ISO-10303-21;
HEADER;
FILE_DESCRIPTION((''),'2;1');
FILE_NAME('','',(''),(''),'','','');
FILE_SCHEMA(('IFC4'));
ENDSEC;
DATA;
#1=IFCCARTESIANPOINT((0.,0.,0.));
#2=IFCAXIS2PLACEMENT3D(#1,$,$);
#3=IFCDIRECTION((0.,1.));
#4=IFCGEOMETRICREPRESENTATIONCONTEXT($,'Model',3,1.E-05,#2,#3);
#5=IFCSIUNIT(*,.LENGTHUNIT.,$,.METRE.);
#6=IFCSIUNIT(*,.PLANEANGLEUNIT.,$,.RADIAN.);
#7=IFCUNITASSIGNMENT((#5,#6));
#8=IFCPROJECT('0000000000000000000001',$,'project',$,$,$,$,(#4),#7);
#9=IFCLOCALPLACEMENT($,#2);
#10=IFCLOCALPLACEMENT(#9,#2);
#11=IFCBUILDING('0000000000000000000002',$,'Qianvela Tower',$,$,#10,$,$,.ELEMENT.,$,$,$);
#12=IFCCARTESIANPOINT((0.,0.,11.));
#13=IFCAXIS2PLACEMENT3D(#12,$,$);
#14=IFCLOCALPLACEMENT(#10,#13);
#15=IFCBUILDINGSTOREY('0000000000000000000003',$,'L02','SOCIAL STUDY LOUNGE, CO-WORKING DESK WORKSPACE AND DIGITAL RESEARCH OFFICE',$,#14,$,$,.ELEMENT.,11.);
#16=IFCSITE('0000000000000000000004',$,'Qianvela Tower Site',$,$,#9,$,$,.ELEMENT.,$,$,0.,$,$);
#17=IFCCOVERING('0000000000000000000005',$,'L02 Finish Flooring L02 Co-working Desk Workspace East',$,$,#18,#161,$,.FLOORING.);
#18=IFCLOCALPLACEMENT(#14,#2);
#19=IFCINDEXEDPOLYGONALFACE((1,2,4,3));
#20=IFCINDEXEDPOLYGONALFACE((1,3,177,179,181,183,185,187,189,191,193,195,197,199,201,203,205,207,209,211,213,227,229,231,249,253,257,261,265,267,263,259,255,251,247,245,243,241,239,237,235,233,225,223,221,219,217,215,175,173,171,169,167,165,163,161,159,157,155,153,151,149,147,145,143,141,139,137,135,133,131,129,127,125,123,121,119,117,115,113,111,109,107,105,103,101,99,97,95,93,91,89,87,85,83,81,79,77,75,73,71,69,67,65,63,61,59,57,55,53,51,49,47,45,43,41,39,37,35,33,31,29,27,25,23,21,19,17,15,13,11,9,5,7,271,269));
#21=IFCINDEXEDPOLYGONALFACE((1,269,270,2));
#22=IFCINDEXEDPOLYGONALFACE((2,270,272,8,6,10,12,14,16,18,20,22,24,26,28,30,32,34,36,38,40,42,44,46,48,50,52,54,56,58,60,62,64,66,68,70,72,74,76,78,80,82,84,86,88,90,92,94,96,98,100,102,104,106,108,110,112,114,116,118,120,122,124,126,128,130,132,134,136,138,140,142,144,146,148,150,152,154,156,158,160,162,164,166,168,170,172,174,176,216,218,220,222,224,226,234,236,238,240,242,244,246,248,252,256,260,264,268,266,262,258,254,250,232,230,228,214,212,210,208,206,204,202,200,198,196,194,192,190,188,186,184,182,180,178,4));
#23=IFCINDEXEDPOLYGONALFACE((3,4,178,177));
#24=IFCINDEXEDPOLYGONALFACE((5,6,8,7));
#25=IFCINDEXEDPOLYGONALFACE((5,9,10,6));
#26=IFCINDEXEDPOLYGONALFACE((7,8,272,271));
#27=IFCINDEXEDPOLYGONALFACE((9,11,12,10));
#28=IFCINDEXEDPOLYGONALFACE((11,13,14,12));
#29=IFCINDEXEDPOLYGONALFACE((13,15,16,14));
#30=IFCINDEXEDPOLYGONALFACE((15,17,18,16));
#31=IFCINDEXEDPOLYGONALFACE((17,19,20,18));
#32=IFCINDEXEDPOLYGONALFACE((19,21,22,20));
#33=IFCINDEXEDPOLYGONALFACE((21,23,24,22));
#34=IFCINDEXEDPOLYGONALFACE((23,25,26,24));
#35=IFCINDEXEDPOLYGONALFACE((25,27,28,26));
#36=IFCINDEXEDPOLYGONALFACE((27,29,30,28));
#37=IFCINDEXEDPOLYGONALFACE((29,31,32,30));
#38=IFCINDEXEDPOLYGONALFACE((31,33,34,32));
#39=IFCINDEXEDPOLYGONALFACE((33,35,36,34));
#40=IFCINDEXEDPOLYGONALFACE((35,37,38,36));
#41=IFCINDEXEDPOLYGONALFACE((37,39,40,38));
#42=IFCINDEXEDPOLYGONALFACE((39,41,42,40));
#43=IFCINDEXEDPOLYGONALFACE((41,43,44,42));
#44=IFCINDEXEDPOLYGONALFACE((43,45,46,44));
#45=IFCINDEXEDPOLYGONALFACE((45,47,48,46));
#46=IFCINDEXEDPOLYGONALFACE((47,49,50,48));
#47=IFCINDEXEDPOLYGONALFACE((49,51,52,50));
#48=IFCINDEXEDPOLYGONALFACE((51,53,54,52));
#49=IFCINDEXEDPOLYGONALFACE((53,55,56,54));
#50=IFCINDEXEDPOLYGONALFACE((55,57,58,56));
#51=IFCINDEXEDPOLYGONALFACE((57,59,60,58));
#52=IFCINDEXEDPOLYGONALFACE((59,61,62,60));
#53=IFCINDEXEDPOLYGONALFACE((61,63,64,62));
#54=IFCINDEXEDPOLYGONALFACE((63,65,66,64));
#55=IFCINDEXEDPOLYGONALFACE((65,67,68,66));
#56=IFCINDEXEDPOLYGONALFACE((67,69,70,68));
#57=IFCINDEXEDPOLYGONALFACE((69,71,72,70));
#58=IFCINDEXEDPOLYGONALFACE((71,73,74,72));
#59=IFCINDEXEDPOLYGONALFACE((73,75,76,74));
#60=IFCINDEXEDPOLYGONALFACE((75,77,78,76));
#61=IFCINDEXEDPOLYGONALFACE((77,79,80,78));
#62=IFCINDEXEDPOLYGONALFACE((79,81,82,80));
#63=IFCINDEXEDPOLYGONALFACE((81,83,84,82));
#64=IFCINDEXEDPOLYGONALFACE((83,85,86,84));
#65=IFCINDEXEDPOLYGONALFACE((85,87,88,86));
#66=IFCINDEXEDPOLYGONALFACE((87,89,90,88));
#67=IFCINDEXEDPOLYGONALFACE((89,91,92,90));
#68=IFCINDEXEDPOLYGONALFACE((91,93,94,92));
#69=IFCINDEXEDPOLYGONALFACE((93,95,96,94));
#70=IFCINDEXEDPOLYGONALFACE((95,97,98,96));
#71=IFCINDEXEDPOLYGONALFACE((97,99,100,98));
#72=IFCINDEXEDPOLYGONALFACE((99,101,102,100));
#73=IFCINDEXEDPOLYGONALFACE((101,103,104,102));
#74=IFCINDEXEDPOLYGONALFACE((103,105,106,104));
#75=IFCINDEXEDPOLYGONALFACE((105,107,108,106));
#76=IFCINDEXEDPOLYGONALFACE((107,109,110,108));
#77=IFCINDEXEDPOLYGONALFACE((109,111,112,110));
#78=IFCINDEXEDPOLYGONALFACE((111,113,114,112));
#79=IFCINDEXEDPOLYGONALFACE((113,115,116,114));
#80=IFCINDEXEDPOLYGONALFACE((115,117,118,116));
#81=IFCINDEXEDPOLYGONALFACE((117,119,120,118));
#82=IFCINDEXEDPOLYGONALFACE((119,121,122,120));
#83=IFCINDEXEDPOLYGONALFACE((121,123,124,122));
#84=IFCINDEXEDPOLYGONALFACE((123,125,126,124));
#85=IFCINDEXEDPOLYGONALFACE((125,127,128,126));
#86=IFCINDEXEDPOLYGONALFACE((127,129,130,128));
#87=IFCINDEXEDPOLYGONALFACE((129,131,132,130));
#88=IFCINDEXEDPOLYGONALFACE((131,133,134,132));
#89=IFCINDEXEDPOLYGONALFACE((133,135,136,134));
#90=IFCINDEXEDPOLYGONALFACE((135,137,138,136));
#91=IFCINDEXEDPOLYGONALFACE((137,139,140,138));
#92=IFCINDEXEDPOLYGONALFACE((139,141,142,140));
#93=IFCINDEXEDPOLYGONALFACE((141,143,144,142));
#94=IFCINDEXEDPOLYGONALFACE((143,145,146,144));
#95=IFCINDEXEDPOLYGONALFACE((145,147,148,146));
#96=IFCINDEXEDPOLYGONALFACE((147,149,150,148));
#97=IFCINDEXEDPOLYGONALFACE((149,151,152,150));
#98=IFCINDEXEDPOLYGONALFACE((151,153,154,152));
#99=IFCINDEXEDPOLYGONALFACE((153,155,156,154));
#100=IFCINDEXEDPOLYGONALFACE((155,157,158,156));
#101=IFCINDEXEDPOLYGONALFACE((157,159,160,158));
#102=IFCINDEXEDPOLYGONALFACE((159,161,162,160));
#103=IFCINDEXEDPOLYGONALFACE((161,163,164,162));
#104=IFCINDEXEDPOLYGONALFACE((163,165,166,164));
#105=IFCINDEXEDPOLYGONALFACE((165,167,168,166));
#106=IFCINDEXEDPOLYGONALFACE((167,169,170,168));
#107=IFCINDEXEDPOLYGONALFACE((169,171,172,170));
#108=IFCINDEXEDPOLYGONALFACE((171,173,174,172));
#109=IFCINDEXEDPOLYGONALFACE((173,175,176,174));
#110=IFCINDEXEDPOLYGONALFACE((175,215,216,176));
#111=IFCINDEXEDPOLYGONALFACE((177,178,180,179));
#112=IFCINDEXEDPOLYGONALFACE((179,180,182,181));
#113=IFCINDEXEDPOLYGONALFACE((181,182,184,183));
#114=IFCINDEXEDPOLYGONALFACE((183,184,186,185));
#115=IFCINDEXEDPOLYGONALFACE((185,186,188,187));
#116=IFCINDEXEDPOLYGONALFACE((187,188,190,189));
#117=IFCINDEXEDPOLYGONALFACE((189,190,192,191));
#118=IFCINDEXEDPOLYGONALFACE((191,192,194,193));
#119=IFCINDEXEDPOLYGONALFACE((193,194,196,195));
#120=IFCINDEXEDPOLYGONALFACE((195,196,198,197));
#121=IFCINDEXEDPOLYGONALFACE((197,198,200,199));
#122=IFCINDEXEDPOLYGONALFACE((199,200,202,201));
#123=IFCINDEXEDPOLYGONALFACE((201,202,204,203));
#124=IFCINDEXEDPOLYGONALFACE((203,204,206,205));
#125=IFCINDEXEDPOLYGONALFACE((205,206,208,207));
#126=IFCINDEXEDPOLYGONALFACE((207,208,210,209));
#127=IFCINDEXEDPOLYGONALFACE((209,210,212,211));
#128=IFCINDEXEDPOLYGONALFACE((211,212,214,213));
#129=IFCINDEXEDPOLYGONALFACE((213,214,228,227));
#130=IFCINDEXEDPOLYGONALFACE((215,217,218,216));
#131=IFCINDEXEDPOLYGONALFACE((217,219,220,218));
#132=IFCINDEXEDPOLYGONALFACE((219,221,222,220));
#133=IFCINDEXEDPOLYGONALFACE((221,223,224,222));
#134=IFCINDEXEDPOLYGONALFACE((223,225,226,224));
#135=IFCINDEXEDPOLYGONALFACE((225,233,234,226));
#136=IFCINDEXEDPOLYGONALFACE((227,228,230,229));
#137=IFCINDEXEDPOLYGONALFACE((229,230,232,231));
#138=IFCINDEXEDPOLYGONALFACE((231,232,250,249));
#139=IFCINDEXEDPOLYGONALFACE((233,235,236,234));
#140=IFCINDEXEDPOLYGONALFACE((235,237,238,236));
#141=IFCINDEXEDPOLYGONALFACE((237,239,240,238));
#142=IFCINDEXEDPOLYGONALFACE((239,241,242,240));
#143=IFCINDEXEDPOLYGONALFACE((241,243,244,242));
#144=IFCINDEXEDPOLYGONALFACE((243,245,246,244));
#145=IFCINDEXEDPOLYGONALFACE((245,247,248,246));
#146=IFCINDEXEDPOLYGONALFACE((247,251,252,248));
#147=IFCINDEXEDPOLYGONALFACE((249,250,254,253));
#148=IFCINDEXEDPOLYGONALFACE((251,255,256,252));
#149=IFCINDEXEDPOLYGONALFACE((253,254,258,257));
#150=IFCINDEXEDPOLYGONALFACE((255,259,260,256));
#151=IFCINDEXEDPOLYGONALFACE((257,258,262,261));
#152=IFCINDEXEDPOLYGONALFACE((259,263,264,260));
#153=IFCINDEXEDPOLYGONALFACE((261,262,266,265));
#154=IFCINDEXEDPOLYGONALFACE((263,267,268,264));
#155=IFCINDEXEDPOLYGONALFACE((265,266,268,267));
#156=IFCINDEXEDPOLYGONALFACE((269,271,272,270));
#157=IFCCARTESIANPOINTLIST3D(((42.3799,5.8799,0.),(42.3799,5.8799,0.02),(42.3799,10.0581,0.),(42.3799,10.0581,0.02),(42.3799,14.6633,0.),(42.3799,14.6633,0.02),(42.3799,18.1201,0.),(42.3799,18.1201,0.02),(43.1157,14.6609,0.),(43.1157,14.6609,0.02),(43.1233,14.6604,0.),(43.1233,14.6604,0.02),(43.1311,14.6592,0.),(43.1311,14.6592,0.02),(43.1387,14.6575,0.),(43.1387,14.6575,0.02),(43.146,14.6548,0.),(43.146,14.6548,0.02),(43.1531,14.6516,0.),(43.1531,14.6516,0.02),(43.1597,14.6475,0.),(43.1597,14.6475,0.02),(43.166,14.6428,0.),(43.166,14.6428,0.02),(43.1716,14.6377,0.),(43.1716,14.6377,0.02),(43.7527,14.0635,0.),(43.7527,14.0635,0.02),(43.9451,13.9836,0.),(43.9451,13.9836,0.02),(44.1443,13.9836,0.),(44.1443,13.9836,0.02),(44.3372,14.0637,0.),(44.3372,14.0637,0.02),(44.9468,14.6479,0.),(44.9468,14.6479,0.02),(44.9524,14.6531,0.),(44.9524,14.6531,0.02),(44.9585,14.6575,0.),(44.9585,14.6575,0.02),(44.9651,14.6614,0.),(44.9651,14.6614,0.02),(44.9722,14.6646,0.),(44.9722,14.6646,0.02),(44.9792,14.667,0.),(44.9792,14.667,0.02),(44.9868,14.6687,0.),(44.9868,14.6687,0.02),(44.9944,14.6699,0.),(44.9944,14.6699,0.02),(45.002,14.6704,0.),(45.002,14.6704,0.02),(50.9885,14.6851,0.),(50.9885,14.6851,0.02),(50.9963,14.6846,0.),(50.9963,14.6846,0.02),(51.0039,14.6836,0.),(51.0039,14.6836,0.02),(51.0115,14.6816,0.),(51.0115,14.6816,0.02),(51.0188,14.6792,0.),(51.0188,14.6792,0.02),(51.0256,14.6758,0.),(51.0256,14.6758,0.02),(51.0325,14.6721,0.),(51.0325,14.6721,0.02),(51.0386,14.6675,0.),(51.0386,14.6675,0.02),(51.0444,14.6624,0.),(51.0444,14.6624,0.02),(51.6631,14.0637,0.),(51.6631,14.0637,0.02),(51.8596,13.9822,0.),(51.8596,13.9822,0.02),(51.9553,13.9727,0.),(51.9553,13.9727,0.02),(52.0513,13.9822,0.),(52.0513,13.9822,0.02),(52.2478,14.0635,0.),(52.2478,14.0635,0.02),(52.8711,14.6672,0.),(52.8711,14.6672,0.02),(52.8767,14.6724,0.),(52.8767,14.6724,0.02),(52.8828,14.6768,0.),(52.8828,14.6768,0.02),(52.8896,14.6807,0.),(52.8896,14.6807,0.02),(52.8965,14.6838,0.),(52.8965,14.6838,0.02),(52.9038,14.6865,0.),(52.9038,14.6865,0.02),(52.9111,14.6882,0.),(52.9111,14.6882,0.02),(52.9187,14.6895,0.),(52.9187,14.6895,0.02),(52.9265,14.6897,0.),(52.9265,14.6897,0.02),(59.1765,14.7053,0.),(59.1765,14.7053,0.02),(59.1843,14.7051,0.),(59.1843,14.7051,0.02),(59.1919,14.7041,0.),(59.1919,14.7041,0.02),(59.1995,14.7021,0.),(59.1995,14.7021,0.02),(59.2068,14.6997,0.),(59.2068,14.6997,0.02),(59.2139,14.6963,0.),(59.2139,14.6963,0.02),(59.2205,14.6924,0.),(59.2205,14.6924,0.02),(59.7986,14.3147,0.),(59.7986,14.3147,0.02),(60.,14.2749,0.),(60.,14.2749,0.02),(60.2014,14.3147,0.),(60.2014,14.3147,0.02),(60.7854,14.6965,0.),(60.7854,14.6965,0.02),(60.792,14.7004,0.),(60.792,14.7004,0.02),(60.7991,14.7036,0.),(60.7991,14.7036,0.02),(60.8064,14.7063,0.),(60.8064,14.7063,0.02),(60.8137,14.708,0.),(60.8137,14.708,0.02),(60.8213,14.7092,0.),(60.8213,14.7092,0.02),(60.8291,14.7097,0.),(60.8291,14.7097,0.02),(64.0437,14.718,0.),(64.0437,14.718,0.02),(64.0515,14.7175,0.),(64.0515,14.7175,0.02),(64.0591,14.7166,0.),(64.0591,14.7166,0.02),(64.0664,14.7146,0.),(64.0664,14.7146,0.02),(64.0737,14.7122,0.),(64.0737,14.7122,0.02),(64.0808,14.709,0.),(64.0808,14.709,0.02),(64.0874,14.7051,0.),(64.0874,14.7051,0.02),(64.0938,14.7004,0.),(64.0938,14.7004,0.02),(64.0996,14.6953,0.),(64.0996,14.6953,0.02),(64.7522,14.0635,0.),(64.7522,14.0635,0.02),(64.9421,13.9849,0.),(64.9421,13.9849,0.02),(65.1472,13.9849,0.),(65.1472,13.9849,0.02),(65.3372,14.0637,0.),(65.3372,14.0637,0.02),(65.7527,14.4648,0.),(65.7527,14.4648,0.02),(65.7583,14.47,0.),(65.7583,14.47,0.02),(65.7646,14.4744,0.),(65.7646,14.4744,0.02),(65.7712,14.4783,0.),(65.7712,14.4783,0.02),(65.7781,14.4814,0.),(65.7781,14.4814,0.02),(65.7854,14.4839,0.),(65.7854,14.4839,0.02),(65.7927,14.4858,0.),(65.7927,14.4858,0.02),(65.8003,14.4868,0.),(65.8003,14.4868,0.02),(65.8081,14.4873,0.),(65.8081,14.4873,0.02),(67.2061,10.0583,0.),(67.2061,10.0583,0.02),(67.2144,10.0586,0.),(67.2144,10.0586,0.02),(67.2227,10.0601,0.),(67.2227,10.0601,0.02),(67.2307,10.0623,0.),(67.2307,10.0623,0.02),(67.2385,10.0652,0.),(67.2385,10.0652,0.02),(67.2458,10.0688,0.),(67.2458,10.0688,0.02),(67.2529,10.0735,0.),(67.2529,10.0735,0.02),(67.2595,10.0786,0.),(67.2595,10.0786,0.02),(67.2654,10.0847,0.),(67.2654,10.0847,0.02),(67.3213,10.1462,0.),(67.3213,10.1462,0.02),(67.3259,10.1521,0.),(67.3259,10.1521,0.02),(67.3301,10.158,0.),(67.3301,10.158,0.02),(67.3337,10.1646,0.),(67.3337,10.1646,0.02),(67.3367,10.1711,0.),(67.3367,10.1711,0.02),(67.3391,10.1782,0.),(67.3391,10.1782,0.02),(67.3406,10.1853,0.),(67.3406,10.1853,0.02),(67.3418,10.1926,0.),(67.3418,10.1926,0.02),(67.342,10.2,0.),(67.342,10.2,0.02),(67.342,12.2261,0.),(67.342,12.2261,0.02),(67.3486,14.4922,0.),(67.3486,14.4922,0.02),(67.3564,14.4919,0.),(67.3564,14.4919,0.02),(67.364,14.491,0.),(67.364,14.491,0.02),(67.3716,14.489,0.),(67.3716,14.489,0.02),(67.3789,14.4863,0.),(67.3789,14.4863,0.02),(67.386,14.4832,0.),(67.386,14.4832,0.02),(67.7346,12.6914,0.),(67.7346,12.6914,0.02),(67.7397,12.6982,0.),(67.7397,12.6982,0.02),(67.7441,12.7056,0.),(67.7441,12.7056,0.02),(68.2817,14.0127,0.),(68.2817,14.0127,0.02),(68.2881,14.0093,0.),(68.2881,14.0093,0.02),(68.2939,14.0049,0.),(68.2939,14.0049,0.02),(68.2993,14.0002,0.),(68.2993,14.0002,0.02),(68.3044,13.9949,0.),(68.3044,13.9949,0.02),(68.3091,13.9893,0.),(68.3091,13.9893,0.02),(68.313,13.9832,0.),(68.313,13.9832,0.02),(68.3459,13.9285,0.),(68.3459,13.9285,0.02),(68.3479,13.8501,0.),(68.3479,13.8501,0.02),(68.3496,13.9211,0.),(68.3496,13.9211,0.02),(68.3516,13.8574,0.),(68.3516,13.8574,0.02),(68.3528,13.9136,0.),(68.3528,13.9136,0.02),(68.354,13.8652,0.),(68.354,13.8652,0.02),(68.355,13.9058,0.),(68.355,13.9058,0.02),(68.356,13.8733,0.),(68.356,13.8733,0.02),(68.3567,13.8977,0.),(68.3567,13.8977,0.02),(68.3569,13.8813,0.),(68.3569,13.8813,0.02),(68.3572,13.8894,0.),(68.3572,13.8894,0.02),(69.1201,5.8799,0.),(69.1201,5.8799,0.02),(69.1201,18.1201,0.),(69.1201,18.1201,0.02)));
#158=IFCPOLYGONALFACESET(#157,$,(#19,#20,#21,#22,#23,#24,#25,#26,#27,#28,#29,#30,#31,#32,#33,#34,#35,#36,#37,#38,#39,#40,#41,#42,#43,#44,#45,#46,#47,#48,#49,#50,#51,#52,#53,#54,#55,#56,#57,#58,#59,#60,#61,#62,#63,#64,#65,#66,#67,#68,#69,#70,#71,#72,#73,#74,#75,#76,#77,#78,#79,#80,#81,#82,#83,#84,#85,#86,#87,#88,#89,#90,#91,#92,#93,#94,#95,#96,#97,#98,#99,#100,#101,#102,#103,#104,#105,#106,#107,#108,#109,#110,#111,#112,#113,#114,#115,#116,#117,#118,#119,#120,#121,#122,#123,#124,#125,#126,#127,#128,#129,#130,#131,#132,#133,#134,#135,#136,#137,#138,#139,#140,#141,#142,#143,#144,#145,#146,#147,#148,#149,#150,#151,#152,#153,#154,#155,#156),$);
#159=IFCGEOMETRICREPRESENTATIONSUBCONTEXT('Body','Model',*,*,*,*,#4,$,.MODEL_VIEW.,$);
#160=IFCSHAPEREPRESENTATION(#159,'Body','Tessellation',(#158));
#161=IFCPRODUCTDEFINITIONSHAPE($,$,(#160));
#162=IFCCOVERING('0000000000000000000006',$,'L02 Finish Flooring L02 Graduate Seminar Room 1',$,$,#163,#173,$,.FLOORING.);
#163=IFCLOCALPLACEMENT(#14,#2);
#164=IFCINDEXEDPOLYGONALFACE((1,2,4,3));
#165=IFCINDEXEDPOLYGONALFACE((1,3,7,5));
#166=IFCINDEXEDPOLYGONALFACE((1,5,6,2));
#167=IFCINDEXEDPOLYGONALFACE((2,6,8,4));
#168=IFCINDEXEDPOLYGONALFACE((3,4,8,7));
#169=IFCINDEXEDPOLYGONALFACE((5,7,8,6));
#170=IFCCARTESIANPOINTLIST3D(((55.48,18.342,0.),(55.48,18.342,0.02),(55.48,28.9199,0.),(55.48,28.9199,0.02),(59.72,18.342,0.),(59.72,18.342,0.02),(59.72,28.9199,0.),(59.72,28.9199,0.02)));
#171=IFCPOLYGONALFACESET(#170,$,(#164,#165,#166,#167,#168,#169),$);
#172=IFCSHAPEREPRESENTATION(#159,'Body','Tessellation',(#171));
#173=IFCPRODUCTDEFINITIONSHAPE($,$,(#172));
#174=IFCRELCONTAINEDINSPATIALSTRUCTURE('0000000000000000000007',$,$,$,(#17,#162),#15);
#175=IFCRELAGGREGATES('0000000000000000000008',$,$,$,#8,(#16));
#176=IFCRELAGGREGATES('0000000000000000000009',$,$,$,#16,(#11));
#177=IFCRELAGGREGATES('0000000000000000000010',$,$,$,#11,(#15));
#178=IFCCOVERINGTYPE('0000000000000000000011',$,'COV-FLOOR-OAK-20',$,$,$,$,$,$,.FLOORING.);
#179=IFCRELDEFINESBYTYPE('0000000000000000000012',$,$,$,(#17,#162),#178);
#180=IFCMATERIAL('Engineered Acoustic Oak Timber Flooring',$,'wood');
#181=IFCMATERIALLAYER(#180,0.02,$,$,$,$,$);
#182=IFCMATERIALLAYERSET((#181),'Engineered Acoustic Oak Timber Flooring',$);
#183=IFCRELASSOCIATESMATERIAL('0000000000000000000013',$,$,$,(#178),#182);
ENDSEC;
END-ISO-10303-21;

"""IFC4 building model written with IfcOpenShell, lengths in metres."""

from ifc_helpers import new_model, si_unit, direction, frame, origin, place, context, subcontext, project, spatial, polyline, outline, extrude, material, layer, layer_set, type_object, element, save


model = new_model("IFC4")

# Units and contexts
model_context = context("Model", 3, precision=1e-05, world=origin(), true_north=direction((0.0, 1.0)))
body_context = subcontext(model_context, "Body", "Model", "MODEL_VIEW")
ifc_project = project(units=[si_unit("LENGTHUNIT", "METRE"), si_unit("PLANEANGLEUNIT", "RADIAN")], contexts=[model_context])

# Site, building, storey
site_placement = place(None, origin())
site = spatial("IfcSite", under=ifc_project, at=site_placement, Name="Qianvela Tower Site", CompositionType="ELEMENT", RefElevation=0.0)
building_placement = place(site_placement, origin())
building = spatial("IfcBuilding", under=site, at=building_placement, Name="Qianvela Tower", CompositionType="ELEMENT")
storey_placement = place(building_placement, frame((0.0, 0.0, 11.0)))
storey = spatial("IfcBuildingStorey", under=building, at=storey_placement, Name="L02", Description="SOCIAL STUDY LOUNGE, CO-WORKING DESK WORKSPACE AND DIGITAL RESEARCH OFFICE", CompositionType="ELEMENT", Elevation=11.0)

# Coverings
ifc_material_1 = material(Name="Engineered Acoustic Oak Timber Flooring", Category="wood")
ifc_layer_1 = layer(ifc_material_1, 0.02)
ifc_layer_set_1 = layer_set([ifc_layer_1], Name="Engineered Acoustic Oak Timber Flooring")
covering_type_1 = type_object("IfcCoveringType", Name="COV-FLOOR-OAK-20", PredefinedType="FLOORING", material=ifc_layer_set_1)
covering_1_placement = place(storey_placement, origin())
element("IfcCovering", 1, at=covering_1_placement, inside=storey, type_object=covering_type_1, Name="L02 Finish Flooring L02 Co-working Desk Workspace East", PredefinedType="FLOORING", context=body_context, shape_type="SweptSolid", body=[
    extrude(outline(polyline([(69.1201, 5.8799), (42.3799, 5.8799), (42.3799, 10.0581), (67.2061, 10.0583), (67.2144, 10.0586), (67.2227, 10.0601), (67.2307, 10.0623), (67.2385, 10.0652), (67.2458, 10.0688), (67.2529, 10.0735), (67.2595, 10.0786), (67.2654, 10.0847), (67.3213, 10.1462), (67.3259, 10.1521), (67.3301, 10.158), (67.3337, 10.1646), (67.3367, 10.1711), (67.3391, 10.1782), (67.3406, 10.1853), (67.3418, 10.1926), (67.342, 10.2), (67.342, 12.2261), (67.7346, 12.6914), (67.7397, 12.6982), (67.7441, 12.7056), (68.3479, 13.8501), (68.3516, 13.8574), (68.354, 13.8652), (68.356, 13.8733), (68.3569, 13.8813), (68.3572, 13.8894), (68.3567, 13.8977), (68.355, 13.9058), (68.3528, 13.9136), (68.3496, 13.9211), (68.3459, 13.9285), (68.313, 13.9832), (68.3091, 13.9893), (68.3044, 13.9949), (68.2993, 14.0002), (68.2939, 14.0049), (68.2881, 14.0093), (68.2817, 14.0127), (67.386, 14.4832), (67.3789, 14.4863), (67.3716, 14.489), (67.364, 14.491), (67.3564, 14.4919), (67.3486, 14.4922), (65.8081, 14.4873), (65.8003, 14.4868), (65.7927, 14.4858), (65.7854, 14.4839), (65.7781, 14.4814), (65.7712, 14.4783), (65.7646, 14.4744), (65.7583, 14.47), (65.7527, 14.4648), (65.3372, 14.0637), (65.1472, 13.9849), (64.9421, 13.9849), (64.7522, 14.0635), (64.0996, 14.6953), (64.0938, 14.7004), (64.0874, 14.7051), (64.0808, 14.709), (64.0737, 14.7122), (64.0664, 14.7146), (64.0591, 14.7166), (64.0515, 14.7175), (64.0437, 14.718), (60.8291, 14.7097), (60.8213, 14.7092), (60.8137, 14.708), (60.8064, 14.7063), (60.7991, 14.7036), (60.792, 14.7004), (60.7854, 14.6965), (60.2014, 14.3147), (60.0, 14.2749), (59.7986, 14.3147), (59.2205, 14.6924), (59.2139, 14.6963), (59.2068, 14.6997), (59.1995, 14.7021), (59.1919, 14.7041), (59.1843, 14.7051), (59.1765, 14.7053), (52.9265, 14.6897), (52.9187, 14.6895), (52.9111, 14.6882), (52.9038, 14.6865), (52.8965, 14.6838), (52.8896, 14.6807), (52.8828, 14.6768), (52.8767, 14.6724), (52.8711, 14.6672), (52.2478, 14.0635), (52.0513, 13.9822), (51.9553, 13.9727), (51.8596, 13.9822), (51.6631, 14.0637), (51.0444, 14.6624), (51.0386, 14.6675), (51.0325, 14.6721), (51.0256, 14.6758), (51.0188, 14.6792), (51.0115, 14.6816), (51.0039, 14.6836), (50.9963, 14.6846), (50.9885, 14.6851), (45.002, 14.6704), (44.9944, 14.6699), (44.9868, 14.6687), (44.9792, 14.667), (44.9722, 14.6646), (44.9651, 14.6614), (44.9585, 14.6575), (44.9524, 14.6531), (44.9468, 14.6479), (44.3372, 14.0637), (44.1443, 13.9836), (43.9451, 13.9836), (43.7527, 14.0635), (43.1716, 14.6377), (43.166, 14.6428), (43.1597, 14.6475), (43.1531, 14.6516), (43.146, 14.6548), (43.1387, 14.6575), (43.1311, 14.6592), (43.1233, 14.6604), (43.1157, 14.6609), (42.3799, 14.6633), (42.3799, 18.1201), (69.1201, 18.1201), (69.1201, 5.8799)])), origin(), (0.0, 0.0, 1.0), 0.02),
])
covering_2_placement = place(storey_placement, origin())
element("IfcCovering", 2, at=covering_2_placement, inside=storey, type_object=covering_type_1, Name="L02 Finish Flooring L02 Graduate Seminar Room 1", PredefinedType="FLOORING", context=body_context, shape_type="SweptSolid", body=[
    extrude(outline(polyline([(59.72, 18.342), (55.48, 18.342), (55.48, 28.9199), (59.72, 28.9199), (59.72, 18.342)])), origin(), (0.0, 0.0, 1.0), 0.02),
])

save(model, "model.ifc")
